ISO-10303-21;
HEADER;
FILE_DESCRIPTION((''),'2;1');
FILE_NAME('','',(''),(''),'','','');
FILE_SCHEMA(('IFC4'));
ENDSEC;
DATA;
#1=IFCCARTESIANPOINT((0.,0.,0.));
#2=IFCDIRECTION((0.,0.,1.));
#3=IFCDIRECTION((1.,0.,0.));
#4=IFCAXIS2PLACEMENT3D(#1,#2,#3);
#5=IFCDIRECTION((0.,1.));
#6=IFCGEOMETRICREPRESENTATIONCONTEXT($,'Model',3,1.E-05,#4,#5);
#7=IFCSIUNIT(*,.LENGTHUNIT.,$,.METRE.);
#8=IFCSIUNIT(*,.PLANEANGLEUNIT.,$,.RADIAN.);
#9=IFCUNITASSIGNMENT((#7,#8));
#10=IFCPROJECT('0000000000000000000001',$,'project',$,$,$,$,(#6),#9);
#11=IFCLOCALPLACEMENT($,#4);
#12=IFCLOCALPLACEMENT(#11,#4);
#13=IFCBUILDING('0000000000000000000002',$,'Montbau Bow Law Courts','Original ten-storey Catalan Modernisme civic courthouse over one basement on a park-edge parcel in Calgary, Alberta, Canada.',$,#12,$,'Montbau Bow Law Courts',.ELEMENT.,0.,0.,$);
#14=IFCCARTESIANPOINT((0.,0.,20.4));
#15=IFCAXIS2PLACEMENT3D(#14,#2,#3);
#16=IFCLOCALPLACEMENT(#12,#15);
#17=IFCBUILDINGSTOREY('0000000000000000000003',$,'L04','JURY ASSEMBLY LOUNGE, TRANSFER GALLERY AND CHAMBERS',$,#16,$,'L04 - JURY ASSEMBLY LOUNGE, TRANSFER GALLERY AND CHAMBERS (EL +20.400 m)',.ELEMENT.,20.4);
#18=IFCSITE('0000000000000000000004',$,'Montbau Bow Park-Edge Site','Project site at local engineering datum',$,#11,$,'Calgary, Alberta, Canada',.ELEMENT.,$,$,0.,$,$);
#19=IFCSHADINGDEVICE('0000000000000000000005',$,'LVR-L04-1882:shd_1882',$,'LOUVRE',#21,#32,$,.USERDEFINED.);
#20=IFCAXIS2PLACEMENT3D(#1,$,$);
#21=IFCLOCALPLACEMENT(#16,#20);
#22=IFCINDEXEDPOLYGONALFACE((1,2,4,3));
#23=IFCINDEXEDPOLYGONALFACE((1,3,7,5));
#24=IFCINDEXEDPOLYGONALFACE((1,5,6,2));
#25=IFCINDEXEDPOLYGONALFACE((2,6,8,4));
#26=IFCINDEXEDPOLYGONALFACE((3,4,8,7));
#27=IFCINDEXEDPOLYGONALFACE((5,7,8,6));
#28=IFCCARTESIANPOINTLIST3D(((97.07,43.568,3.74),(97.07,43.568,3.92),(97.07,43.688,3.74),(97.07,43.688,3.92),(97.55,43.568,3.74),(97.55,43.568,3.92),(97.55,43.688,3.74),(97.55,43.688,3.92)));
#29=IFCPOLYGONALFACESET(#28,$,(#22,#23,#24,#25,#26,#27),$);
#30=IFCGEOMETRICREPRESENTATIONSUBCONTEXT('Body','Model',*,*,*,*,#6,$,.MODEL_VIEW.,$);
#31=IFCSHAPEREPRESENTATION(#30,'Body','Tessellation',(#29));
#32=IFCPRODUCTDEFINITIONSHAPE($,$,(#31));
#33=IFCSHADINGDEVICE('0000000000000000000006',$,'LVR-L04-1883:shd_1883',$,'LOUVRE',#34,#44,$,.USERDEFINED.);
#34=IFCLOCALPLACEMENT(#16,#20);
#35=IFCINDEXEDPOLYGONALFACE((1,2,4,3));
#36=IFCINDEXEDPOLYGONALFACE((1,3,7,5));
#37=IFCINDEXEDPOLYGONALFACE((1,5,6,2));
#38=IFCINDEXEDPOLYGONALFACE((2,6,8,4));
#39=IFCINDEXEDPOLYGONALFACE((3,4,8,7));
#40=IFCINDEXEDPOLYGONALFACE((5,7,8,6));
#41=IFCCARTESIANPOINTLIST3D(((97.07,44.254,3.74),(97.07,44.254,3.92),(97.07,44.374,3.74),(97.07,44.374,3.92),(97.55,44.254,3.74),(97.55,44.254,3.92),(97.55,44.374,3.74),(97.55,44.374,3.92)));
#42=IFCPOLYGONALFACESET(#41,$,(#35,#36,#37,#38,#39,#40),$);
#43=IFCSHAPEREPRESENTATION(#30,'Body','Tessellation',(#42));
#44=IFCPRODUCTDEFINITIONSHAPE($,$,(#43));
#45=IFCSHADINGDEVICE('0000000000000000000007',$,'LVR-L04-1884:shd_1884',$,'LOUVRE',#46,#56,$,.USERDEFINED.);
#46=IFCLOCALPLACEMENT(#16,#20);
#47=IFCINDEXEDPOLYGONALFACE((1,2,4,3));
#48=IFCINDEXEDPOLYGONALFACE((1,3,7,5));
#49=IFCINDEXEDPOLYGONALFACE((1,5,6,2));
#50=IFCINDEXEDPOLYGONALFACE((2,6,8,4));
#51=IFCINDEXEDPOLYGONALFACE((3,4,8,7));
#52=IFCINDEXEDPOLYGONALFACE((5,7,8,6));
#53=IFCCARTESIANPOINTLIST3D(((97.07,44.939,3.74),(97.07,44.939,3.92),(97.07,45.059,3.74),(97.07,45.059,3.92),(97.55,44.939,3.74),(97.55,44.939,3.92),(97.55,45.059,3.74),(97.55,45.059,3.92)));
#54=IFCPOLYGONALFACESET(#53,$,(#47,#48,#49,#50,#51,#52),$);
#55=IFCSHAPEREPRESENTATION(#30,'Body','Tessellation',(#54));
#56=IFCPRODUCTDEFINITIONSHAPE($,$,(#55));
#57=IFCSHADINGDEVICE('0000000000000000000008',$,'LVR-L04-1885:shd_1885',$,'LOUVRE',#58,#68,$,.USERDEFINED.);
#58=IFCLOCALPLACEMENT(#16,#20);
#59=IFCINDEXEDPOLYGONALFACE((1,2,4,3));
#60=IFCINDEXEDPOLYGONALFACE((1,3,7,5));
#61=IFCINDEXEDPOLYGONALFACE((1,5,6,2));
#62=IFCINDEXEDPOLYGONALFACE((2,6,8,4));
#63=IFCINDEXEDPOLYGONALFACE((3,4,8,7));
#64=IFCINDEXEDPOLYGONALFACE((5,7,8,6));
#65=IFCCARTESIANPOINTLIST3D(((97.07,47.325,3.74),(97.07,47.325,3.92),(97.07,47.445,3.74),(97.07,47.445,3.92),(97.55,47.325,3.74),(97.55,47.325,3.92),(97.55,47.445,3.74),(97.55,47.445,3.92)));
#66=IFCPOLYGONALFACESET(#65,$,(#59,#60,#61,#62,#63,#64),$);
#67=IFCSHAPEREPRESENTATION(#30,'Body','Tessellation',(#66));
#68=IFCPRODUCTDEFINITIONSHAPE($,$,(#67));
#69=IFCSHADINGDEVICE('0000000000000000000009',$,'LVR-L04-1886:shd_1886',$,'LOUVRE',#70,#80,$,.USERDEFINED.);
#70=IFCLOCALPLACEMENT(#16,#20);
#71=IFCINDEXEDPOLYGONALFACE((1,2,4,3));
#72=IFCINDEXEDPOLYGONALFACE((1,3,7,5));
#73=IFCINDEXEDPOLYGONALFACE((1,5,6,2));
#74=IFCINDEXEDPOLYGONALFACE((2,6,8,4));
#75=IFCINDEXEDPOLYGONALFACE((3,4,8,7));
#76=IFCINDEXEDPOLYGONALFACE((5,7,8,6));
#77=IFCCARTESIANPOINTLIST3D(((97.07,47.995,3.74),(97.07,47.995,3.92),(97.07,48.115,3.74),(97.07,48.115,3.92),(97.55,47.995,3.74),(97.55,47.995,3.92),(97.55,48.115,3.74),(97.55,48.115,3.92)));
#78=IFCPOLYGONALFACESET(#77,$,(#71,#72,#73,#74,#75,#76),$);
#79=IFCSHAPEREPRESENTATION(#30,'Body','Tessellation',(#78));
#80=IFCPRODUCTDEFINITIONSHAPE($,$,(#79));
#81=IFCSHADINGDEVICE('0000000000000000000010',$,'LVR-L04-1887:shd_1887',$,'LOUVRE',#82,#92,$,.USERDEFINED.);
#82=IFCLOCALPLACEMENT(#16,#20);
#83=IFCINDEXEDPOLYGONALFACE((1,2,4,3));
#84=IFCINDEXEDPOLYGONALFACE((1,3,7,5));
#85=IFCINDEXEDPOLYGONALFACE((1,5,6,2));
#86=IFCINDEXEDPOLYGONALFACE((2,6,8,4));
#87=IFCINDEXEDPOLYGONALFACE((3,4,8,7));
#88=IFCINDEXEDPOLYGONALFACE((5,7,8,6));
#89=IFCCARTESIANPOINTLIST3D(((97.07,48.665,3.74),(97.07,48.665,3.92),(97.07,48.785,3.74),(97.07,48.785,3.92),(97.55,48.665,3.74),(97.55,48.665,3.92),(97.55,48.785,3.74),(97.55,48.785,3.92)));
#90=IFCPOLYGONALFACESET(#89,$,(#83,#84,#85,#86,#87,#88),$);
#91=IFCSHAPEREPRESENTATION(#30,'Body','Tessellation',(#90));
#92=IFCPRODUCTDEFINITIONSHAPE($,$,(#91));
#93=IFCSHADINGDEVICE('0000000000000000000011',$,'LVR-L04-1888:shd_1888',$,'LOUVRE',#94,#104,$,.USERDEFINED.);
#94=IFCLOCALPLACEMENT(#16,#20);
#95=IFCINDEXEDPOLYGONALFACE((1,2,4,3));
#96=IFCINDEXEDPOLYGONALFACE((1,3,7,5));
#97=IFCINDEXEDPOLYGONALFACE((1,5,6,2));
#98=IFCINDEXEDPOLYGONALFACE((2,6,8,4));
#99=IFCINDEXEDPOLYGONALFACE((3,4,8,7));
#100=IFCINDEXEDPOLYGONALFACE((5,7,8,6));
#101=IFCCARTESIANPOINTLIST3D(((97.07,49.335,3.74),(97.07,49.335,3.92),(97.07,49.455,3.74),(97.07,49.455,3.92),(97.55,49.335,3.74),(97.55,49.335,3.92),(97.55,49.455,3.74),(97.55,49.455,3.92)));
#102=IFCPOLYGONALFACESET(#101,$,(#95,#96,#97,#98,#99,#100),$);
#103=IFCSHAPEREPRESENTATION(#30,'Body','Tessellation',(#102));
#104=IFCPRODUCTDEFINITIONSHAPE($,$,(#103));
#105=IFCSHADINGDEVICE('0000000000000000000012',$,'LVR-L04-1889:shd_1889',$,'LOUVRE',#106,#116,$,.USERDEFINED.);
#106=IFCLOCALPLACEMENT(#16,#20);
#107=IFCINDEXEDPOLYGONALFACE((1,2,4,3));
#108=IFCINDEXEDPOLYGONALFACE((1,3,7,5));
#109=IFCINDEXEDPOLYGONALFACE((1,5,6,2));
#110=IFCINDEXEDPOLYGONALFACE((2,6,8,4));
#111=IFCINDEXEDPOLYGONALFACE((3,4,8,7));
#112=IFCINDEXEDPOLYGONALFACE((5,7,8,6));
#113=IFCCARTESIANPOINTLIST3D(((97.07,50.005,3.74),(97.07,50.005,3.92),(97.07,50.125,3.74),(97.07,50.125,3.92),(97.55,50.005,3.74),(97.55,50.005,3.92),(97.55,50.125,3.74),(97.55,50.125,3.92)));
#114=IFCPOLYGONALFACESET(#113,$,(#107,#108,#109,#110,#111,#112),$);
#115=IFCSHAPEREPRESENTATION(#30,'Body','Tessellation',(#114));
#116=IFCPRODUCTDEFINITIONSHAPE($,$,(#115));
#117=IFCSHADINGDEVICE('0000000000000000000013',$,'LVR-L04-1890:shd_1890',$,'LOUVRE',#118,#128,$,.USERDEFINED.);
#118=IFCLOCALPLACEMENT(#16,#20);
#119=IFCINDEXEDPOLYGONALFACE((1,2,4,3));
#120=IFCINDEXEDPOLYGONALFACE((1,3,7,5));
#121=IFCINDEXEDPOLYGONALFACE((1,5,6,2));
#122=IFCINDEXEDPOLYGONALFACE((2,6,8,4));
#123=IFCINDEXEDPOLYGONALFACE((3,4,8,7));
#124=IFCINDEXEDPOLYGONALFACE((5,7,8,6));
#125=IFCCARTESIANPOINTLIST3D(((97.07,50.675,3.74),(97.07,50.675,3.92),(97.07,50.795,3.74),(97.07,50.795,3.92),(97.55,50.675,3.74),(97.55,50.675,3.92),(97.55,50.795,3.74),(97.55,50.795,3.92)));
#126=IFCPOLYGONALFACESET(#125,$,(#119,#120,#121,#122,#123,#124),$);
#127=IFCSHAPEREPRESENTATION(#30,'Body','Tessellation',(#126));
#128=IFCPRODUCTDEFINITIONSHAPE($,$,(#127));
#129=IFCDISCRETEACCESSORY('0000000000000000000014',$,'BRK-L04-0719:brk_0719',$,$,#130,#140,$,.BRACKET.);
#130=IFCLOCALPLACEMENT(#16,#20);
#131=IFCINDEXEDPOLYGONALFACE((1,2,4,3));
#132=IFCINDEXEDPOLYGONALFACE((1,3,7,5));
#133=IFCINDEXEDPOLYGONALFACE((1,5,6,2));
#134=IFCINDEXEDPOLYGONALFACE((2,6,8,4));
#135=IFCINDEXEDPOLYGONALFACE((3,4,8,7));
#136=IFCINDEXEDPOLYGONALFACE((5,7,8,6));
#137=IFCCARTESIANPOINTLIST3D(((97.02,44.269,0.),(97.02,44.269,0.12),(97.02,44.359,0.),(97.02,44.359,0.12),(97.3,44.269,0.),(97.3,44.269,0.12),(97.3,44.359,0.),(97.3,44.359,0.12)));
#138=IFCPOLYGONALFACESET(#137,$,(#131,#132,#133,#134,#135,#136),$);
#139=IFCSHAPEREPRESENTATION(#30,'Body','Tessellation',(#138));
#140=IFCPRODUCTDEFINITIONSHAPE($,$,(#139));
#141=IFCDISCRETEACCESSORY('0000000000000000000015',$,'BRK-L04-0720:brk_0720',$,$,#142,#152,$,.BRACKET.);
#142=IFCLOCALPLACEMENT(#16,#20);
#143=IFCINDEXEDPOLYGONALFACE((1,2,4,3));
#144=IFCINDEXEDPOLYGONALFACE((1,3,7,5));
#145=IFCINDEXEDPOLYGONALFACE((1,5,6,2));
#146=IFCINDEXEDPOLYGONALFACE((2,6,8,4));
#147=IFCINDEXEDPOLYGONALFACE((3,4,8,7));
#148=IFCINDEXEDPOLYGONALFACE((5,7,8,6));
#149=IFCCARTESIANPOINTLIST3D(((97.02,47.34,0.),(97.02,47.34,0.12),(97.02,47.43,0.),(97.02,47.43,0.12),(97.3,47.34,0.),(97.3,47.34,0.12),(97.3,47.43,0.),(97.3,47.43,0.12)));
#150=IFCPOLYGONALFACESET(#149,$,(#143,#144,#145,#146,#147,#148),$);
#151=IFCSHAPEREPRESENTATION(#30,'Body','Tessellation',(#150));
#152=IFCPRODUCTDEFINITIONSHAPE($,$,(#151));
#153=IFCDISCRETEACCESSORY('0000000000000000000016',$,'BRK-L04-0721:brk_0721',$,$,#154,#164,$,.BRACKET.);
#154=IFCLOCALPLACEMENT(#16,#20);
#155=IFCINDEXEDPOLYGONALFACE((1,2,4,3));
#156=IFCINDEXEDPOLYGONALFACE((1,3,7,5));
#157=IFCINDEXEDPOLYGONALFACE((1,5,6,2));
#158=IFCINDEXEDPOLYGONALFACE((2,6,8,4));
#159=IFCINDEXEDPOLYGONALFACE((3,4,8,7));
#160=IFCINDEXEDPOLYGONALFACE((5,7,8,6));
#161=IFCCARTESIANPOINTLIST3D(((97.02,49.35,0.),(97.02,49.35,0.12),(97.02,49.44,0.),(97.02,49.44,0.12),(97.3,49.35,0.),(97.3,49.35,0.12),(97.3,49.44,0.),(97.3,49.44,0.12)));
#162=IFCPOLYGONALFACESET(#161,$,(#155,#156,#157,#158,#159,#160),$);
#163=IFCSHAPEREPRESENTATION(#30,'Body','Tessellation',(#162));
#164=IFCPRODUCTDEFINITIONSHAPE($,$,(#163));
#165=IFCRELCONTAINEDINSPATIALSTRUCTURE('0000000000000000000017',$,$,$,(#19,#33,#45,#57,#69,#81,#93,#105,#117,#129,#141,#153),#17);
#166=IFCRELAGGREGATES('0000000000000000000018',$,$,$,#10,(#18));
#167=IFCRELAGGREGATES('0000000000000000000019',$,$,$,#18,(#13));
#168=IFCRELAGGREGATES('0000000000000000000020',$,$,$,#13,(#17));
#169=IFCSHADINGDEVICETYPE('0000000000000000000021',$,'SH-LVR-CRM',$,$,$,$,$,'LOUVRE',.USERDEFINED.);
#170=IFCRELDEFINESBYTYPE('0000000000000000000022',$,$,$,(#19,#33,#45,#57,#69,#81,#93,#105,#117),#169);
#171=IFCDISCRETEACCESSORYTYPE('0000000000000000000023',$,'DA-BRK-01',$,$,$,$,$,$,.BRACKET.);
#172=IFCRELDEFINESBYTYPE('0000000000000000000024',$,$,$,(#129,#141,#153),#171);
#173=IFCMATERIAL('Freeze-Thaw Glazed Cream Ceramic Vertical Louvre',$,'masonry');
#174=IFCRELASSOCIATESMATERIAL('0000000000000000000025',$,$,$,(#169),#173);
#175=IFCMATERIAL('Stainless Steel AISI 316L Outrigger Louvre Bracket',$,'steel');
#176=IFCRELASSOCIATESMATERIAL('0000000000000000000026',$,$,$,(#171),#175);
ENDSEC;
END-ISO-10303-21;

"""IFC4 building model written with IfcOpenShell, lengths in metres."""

from ifc_helpers import new_model, si_unit, direction, frame, origin_with_axes, origin_2d_with_axis, place, context, subcontext, project, spatial, rectangle, extrude, material, type_object, element, save


model = new_model("IFC4")

# Units and contexts
model_context = context("Model", 3, precision=1e-05, world=origin_with_axes(), true_north=direction((0.0, 1.0)))
body_context = subcontext(model_context, "Body", "Model", "MODEL_VIEW")
ifc_project = project(units=[si_unit("LENGTHUNIT", "METRE"), si_unit("PLANEANGLEUNIT", "RADIAN")], contexts=[model_context])

# Site, building, storey
site_placement = place(None, origin_with_axes())
site = spatial("IfcSite", under=ifc_project, at=site_placement, Name="Montbau Bow Park-Edge Site", Description="Project site at local engineering datum", LongName="Calgary, Alberta, Canada", CompositionType="ELEMENT", RefElevation=0.0)
building_placement = place(site_placement, origin_with_axes())
building = spatial("IfcBuilding", under=site, at=building_placement, Name="Montbau Bow Law Courts", Description="Original ten-storey Catalan Modernisme civic courthouse over one basement on a park-edge parcel in Calgary, Alberta, Canada.", LongName="Montbau Bow Law Courts", CompositionType="ELEMENT", ElevationOfRefHeight=0.0, ElevationOfTerrain=0.0)
storey_placement = place(building_placement, frame((0.0, 0.0, 20.4), z_axis=(0.0, 0.0, 1.0), x_axis=(1.0, 0.0, 0.0)))
storey = spatial("IfcBuildingStorey", under=building, at=storey_placement, Name="L04", Description="JURY ASSEMBLY LOUNGE, TRANSFER GALLERY AND CHAMBERS", LongName="L04 - JURY ASSEMBLY LOUNGE, TRANSFER GALLERY AND CHAMBERS (EL +20.400 m)", CompositionType="ELEMENT", Elevation=20.4)

# Shading devices
ifc_material_1 = material(Name="Freeze-Thaw Glazed Cream Ceramic Vertical Louvre", Category="masonry")
shading_device_type = type_object("IfcShadingDeviceType", Name="SH-LVR-CRM", ElementType="LOUVRE", PredefinedType="USERDEFINED", material=ifc_material_1)
for number, where, z_axis, x_axis, name in (
    (1, (97.31, 43.628, 24.14), (0.0, 0.0, 1.0), (1.0, 0.0, 0.0), "LVR-L04-1882:shd_1882"),
    (2, (97.31, 44.314, 24.14), (0.0, 0.0, 1.0), (1.0, 0.0, 0.0), "LVR-L04-1883:shd_1883"),
    (3, (97.31, 44.999, 24.14), (0.0, 0.0, 1.0), (1.0, 0.0, 0.0), "LVR-L04-1884:shd_1884"),
    (4, (97.31, 47.385, 24.14), (0.0, 0.0, 1.0), (1.0, 0.0, 0.0), "LVR-L04-1885:shd_1885"),
    (5, (97.31, 48.055, 24.14), (0.0, 0.0, 1.0), (1.0, 0.0, 0.0), "LVR-L04-1886:shd_1886"),
    (6, (97.31, 48.725, 24.14), (0.0, 0.0, 1.0), (1.0, 0.0, 0.0), "LVR-L04-1887:shd_1887"),
    (7, (97.31, 49.395, 24.14), (0.0, 0.0, 1.0), (1.0, 0.0, 0.0), "LVR-L04-1888:shd_1888"),
    (8, (97.31, 50.065, 24.14), (0.0, 0.0, 1.0), (1.0, 0.0, 0.0), "LVR-L04-1889:shd_1889"),
    (9, (97.31, 50.735, 24.14), (0.0, 0.0, 1.0), (1.0, 0.0, 0.0), "LVR-L04-1890:shd_1890"),
):
    element("IfcShadingDevice", number, at=place(None, frame(where, z_axis=z_axis, x_axis=x_axis)), inside=storey, type_object=shading_device_type, Name=name, ObjectType="LOUVRE", PredefinedType="USERDEFINED", context=body_context, shape_type="SweptSolid", body=[
        extrude(rectangle(XDim=0.48, YDim=0.12, at=origin_2d_with_axis()), origin_with_axes(), (0.0, 0.0, 1.0), 0.18),
    ])

# Discrete accessories
ifc_material_2 = material(Name="Stainless Steel AISI 316L Outrigger Louvre Bracket", Category="steel")
discrete_accessory_type = type_object("IfcDiscreteAccessoryType", Name="DA-BRK-01", PredefinedType="BRACKET", material=ifc_material_2)
for number, where, z_axis, x_axis, name in (
    (10, (97.16, 44.314, 20.4), (0.0, 0.0, 1.0), (1.0, 0.0, 0.0), "BRK-L04-0719:brk_0719"),
    (11, (97.16, 47.385, 20.4), (0.0, 0.0, 1.0), (1.0, 0.0, 0.0), "BRK-L04-0720:brk_0720"),
    (12, (97.16, 49.395, 20.4), (0.0, 0.0, 1.0), (1.0, 0.0, 0.0), "BRK-L04-0721:brk_0721"),
):
    element("IfcDiscreteAccessory", number, at=place(None, frame(where, z_axis=z_axis, x_axis=x_axis)), inside=storey, type_object=discrete_accessory_type, Name=name, PredefinedType="BRACKET", context=body_context, shape_type="SweptSolid", body=[
        extrude(rectangle(XDim=0.28, YDim=0.09, at=origin_2d_with_axis()), origin_with_axes(), (0.0, 0.0, 1.0), 0.12),
    ])

save(model, "model.ifc")
